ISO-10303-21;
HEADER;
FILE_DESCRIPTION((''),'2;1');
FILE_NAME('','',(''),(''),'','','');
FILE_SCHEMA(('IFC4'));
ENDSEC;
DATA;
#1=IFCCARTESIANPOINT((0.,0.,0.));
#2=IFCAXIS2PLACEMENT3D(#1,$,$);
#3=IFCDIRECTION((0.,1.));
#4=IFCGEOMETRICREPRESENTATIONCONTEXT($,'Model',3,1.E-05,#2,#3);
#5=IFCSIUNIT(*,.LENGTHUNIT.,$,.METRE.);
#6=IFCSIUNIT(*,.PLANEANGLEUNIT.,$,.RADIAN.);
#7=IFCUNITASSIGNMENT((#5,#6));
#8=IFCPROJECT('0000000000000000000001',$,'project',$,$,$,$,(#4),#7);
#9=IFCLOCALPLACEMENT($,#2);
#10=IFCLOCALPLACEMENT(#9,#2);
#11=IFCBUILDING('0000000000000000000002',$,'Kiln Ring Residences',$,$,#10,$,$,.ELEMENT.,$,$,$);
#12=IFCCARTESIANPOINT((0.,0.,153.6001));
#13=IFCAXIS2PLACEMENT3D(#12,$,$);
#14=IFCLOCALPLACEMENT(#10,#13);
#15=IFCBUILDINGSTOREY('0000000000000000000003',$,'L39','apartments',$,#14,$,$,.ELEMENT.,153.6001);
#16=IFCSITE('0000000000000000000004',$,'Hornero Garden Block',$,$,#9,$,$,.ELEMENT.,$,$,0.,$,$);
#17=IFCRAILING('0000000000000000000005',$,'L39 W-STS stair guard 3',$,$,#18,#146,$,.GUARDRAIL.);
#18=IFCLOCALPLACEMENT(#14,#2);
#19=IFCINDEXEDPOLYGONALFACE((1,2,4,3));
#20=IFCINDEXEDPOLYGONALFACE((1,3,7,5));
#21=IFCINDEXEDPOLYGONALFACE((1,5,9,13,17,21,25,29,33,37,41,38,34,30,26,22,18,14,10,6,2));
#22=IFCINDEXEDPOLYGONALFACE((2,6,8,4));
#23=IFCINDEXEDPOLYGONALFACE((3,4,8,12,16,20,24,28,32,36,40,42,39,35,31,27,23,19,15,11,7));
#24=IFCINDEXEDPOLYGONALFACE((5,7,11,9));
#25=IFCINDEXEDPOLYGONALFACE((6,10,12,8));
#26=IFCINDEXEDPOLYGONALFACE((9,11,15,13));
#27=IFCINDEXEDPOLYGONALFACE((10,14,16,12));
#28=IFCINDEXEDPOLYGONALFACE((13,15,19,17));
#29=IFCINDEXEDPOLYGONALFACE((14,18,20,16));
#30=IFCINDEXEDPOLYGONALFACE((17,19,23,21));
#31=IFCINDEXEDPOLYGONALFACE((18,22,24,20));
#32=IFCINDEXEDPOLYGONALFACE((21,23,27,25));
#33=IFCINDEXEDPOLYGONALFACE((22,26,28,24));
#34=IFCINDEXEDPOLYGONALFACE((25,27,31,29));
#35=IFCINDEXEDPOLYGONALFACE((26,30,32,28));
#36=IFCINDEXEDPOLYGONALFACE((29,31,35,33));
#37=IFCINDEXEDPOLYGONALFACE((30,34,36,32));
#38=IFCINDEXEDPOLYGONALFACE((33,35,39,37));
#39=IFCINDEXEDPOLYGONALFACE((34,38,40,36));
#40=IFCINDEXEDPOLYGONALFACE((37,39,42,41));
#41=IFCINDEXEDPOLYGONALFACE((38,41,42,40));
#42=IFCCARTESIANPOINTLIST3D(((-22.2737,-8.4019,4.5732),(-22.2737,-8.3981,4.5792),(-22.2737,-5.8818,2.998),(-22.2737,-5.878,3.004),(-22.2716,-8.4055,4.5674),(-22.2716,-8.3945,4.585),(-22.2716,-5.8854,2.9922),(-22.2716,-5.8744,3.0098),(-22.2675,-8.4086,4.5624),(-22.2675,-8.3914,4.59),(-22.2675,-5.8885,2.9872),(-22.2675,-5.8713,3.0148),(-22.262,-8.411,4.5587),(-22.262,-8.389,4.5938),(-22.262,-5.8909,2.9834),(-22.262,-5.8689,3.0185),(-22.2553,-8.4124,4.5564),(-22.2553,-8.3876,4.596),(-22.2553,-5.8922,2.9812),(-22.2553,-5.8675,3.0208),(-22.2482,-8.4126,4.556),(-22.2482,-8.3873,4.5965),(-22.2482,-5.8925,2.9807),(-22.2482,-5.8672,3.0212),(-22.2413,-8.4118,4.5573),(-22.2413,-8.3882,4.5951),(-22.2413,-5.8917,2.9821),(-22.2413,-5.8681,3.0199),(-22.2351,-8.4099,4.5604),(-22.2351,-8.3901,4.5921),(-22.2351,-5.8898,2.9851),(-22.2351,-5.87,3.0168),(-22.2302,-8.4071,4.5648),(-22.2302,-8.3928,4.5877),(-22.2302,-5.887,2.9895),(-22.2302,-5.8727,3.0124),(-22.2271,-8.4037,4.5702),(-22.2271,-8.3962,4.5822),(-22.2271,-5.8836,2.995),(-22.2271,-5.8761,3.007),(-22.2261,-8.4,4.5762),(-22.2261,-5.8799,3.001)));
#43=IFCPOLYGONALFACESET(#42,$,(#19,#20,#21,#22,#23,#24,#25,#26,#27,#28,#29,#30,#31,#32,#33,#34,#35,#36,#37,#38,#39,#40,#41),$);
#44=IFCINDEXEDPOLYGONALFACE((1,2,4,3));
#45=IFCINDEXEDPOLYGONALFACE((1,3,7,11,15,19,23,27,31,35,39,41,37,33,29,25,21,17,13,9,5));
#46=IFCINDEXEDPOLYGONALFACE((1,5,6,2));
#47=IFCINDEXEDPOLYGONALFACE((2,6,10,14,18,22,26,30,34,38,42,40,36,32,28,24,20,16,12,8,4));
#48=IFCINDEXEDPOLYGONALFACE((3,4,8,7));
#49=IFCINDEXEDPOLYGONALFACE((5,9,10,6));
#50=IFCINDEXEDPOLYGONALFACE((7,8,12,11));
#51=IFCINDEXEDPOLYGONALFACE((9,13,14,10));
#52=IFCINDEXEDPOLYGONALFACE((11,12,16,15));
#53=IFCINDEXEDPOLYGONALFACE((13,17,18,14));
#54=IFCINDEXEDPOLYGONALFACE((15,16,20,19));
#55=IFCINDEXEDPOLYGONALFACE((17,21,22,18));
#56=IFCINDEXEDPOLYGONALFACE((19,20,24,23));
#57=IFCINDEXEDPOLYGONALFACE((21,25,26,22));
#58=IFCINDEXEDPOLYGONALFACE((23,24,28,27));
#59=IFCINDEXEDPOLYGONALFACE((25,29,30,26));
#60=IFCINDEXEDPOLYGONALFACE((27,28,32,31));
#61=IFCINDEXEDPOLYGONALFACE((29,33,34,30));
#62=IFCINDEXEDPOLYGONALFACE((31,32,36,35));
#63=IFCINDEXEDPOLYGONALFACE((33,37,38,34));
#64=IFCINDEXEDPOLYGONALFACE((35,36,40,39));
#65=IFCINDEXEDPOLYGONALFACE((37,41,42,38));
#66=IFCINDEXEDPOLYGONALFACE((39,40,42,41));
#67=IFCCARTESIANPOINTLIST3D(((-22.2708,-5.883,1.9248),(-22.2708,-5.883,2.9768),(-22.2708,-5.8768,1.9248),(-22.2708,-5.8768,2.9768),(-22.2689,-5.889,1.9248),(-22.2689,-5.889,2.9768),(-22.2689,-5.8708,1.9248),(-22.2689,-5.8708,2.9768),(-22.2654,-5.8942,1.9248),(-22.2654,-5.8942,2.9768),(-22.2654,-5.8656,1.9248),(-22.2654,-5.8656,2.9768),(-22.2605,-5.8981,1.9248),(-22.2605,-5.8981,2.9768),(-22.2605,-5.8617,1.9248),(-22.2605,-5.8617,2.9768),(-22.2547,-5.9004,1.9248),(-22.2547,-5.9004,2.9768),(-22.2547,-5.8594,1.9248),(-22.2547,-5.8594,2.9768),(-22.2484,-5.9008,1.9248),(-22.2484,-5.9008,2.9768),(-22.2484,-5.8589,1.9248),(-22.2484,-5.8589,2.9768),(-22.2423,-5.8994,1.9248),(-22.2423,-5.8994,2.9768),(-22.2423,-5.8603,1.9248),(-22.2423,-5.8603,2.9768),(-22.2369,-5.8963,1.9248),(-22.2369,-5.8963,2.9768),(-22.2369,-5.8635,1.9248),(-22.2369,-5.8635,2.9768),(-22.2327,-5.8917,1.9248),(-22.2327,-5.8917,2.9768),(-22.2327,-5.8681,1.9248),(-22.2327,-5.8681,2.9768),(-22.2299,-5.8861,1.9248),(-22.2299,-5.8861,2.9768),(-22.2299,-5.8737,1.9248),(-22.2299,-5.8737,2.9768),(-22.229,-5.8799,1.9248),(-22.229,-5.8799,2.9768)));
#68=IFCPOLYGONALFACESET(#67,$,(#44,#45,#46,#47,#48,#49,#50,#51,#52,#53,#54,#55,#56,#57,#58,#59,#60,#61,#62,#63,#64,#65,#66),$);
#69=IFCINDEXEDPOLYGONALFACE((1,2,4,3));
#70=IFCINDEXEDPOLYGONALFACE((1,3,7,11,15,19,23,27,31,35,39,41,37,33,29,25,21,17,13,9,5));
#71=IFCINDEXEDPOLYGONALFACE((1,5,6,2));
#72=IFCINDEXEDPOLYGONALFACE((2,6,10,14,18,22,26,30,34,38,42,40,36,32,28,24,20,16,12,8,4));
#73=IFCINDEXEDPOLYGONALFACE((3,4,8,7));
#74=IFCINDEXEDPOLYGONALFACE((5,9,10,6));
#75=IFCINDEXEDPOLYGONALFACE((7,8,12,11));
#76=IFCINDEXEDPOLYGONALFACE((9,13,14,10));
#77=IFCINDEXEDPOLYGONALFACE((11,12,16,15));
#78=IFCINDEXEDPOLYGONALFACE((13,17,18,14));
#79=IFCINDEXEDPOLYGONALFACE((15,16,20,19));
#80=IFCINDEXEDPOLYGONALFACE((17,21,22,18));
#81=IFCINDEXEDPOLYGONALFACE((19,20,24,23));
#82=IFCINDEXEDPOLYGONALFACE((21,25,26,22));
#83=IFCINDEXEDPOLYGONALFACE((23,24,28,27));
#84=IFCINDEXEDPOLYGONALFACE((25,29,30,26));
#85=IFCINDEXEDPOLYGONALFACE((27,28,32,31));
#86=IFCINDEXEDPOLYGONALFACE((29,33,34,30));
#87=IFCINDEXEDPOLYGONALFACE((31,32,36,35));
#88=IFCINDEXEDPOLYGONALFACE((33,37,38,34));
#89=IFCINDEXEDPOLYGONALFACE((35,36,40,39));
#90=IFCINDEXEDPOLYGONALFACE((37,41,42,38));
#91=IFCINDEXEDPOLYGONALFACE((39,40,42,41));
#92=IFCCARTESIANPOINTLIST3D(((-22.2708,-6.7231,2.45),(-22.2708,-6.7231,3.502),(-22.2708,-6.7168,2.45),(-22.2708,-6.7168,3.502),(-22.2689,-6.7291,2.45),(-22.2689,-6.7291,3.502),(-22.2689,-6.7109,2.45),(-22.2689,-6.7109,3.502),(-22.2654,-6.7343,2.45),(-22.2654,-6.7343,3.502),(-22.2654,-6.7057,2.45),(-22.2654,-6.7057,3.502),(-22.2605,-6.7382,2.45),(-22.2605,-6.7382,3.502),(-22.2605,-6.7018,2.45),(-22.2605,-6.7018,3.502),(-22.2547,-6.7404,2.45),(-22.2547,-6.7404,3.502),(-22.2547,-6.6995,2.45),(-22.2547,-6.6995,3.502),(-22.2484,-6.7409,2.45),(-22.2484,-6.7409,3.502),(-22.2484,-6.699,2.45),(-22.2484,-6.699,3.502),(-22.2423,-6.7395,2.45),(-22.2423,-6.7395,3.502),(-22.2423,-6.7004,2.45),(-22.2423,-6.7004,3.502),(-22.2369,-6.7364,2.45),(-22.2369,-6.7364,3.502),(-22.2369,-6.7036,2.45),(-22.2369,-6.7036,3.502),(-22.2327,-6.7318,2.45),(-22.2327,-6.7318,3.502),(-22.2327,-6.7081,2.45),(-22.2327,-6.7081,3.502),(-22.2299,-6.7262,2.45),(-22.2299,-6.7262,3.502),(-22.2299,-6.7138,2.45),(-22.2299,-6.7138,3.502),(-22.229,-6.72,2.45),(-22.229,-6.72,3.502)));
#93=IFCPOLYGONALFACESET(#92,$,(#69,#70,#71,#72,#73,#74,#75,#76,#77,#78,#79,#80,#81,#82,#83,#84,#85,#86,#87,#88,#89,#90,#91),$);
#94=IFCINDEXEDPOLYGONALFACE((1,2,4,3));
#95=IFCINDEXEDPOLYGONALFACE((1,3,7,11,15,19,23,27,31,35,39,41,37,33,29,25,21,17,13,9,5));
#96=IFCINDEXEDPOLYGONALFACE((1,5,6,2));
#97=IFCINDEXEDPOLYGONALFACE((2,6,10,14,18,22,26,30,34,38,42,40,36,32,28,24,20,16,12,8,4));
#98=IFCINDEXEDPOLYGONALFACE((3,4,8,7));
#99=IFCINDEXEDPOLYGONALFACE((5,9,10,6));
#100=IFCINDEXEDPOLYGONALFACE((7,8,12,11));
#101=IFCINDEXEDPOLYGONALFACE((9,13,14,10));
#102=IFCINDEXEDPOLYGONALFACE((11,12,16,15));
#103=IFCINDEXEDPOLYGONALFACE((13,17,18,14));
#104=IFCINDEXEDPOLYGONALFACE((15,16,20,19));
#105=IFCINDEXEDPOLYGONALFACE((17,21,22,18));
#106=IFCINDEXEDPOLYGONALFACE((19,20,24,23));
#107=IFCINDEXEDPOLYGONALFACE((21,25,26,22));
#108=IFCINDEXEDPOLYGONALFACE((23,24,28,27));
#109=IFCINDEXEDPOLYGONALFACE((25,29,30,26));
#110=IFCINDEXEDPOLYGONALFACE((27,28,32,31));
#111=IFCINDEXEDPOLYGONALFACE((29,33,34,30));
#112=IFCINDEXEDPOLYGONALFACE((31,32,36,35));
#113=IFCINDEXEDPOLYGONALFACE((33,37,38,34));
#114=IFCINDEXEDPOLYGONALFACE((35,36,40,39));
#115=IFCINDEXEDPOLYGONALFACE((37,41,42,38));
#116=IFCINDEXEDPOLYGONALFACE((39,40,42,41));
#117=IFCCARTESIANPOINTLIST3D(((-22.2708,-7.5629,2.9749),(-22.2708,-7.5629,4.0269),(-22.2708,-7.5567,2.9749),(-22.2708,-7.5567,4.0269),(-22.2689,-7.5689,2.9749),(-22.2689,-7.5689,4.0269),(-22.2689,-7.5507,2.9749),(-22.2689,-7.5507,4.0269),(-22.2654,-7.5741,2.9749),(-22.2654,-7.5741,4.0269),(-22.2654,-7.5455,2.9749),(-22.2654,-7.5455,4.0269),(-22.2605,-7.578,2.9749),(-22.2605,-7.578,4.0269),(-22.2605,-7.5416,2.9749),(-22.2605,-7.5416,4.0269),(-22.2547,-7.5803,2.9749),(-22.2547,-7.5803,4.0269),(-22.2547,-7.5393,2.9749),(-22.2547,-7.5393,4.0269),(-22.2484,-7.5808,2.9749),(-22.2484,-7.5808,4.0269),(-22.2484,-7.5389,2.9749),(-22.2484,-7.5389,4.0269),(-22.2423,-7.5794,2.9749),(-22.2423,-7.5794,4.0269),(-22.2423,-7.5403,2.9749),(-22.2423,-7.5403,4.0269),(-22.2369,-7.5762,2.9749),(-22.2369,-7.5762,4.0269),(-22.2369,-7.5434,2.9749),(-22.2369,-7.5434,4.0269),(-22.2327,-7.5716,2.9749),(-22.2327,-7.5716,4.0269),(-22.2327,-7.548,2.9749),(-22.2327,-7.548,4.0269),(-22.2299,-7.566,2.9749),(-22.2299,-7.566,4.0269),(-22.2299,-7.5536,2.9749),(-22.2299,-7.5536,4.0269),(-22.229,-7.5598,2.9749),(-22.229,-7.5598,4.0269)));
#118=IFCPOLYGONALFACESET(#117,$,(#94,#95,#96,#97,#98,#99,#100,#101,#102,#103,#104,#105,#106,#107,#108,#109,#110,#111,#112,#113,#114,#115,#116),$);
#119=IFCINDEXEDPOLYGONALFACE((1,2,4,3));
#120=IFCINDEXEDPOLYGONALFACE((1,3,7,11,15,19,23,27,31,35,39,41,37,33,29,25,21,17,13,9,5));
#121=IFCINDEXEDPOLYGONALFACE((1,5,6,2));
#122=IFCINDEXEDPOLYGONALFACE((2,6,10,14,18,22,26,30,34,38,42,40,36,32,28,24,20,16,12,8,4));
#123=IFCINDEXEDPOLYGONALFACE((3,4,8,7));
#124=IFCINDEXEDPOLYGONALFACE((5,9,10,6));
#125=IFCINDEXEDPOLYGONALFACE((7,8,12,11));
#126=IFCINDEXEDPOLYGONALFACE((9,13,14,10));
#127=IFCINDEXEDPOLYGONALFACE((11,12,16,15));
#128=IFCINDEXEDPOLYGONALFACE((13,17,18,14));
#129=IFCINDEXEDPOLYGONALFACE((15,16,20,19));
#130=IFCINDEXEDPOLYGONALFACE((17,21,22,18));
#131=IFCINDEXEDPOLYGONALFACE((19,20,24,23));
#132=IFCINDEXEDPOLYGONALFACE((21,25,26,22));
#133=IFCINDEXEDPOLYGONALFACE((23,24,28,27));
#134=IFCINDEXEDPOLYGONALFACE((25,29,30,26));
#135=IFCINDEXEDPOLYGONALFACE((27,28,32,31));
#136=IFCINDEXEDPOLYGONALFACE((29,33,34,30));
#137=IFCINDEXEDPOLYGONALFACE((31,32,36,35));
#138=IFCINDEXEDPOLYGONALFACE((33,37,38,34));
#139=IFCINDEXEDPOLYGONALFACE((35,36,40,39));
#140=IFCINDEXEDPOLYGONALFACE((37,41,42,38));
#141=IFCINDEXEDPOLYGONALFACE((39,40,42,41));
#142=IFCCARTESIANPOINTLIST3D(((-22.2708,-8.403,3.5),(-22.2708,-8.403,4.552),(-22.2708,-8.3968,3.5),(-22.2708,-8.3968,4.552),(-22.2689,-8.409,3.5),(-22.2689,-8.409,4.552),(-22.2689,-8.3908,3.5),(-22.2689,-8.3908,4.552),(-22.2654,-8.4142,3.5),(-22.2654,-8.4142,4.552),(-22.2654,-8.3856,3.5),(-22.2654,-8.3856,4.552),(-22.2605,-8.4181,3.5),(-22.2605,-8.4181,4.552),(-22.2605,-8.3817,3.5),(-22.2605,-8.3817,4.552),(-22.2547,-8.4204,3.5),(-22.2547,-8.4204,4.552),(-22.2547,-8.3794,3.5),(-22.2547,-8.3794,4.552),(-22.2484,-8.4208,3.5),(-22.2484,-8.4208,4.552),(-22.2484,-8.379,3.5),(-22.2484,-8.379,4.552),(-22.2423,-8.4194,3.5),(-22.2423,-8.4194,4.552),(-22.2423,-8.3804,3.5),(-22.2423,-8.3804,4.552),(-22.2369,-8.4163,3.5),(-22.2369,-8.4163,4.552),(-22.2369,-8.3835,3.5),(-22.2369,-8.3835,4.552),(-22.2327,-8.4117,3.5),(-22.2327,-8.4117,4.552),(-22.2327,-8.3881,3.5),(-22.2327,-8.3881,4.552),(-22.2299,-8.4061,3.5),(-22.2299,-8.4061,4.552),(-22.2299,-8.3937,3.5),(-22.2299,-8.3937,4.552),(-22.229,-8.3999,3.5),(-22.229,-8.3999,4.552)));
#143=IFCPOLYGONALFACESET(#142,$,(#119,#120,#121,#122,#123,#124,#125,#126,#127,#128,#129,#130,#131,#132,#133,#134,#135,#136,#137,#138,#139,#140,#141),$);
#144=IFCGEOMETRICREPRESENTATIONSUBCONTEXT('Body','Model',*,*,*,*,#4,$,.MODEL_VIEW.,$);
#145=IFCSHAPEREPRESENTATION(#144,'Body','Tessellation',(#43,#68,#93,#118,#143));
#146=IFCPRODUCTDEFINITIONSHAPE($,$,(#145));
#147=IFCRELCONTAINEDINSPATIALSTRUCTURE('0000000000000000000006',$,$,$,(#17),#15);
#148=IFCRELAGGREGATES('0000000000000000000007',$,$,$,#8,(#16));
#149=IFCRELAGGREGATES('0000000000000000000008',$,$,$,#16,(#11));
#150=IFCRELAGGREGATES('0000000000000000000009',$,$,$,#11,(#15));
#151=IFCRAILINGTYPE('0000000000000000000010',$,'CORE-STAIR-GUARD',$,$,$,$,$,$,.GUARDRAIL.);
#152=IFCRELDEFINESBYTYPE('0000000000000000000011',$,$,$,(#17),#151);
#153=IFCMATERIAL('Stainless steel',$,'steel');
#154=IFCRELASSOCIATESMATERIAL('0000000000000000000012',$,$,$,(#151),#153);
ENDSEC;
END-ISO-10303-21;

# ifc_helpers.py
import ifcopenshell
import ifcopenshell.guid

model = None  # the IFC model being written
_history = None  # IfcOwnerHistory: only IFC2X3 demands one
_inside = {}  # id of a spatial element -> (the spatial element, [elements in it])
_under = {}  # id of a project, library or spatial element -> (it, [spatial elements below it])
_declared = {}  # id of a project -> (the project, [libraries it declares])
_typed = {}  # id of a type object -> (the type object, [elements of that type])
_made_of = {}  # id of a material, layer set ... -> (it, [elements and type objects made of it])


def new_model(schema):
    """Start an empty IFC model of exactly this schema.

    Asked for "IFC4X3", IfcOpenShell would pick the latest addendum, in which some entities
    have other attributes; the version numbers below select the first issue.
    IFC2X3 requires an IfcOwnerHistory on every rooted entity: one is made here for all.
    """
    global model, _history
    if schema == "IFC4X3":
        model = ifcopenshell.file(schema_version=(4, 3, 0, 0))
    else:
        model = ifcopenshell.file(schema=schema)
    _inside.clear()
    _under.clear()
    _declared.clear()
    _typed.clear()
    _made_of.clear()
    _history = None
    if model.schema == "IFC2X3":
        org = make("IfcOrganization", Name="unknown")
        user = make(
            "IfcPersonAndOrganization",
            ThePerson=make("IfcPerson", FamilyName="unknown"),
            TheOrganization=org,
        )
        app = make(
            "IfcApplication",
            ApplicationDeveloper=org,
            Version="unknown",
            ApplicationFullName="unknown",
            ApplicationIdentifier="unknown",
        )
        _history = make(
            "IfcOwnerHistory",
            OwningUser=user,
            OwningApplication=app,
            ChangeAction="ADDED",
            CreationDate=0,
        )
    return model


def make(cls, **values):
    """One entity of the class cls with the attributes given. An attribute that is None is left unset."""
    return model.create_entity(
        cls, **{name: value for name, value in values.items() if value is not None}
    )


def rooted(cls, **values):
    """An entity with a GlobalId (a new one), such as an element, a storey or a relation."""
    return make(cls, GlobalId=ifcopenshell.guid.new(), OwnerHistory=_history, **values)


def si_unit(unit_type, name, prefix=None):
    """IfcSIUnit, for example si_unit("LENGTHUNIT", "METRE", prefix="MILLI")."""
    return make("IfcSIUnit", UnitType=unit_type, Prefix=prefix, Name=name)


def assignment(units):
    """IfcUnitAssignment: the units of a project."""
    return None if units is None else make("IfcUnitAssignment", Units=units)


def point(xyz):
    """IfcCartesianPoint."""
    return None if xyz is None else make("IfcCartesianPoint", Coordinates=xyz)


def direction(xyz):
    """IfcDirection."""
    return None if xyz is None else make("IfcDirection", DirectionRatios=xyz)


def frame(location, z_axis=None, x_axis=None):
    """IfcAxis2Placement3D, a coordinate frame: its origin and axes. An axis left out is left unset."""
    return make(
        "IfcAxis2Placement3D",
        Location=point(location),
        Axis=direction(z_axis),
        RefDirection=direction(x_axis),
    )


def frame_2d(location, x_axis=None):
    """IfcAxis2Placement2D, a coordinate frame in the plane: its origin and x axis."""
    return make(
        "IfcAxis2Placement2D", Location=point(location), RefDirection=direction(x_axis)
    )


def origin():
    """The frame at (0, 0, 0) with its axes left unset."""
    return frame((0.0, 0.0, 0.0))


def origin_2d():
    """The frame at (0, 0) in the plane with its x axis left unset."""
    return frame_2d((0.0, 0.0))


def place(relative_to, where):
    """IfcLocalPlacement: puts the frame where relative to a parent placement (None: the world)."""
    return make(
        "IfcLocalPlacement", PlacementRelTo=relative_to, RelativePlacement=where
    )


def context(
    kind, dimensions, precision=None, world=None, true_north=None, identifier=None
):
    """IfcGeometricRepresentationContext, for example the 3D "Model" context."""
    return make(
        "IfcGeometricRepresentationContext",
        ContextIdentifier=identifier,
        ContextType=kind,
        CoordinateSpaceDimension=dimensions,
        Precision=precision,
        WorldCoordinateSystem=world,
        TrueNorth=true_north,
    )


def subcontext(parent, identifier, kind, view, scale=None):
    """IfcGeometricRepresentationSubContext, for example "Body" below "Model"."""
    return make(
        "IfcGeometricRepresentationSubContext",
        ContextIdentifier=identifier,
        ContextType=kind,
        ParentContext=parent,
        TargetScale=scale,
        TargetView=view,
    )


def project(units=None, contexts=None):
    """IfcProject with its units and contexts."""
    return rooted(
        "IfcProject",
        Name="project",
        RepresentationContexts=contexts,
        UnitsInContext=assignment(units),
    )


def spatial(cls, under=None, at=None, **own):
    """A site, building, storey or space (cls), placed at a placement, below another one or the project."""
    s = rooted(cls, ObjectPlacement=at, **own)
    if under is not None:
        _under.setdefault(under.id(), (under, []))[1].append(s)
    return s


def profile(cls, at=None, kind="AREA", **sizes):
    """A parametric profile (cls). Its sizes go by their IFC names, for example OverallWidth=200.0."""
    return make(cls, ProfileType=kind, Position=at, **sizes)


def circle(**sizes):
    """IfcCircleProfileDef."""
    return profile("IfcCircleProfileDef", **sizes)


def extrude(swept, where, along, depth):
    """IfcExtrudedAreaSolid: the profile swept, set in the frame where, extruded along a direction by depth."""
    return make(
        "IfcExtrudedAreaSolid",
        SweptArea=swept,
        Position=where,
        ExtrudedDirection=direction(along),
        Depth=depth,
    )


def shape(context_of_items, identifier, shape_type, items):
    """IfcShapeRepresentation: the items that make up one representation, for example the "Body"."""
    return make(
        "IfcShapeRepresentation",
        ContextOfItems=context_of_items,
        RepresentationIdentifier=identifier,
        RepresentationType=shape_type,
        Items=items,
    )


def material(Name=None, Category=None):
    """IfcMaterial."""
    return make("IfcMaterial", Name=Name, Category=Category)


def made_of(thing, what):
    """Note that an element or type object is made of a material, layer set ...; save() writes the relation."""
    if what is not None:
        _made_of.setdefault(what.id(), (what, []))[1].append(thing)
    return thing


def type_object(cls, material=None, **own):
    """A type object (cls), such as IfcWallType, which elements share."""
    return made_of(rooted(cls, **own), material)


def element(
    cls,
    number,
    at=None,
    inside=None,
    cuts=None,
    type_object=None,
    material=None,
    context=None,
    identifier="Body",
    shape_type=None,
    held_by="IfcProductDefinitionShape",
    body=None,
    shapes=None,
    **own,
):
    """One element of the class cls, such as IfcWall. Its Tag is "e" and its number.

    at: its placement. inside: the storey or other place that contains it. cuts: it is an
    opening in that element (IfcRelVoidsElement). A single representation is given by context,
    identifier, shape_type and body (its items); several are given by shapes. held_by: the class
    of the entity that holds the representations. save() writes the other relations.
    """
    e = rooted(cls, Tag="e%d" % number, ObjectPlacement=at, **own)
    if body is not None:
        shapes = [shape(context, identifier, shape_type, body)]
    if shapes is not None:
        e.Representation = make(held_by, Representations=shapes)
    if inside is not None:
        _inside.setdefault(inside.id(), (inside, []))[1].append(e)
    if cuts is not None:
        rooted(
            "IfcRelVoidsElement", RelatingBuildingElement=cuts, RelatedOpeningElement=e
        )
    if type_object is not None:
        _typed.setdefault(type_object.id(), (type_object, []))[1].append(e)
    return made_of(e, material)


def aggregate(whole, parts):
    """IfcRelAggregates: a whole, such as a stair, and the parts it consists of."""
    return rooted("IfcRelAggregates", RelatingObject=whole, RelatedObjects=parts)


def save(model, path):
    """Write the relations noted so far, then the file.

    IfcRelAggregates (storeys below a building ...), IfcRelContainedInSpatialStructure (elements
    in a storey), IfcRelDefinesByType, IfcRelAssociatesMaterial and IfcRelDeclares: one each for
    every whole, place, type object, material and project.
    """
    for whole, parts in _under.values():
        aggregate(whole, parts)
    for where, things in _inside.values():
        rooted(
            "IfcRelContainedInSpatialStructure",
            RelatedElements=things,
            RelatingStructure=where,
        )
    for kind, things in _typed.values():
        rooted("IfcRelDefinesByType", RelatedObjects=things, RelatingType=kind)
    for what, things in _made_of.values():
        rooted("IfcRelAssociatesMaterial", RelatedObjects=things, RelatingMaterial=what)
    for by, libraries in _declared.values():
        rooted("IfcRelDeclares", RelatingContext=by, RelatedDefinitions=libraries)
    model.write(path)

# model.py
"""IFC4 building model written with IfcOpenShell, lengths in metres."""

from ifc_helpers import new_model, si_unit, direction, frame, origin, origin_2d, place, context, subcontext, project, spatial, circle, extrude, material, type_object, element, save


model = new_model("IFC4")

# Units and contexts
model_context = context("Model", 3, precision=1e-05, world=origin(), true_north=direction((0.0, 1.0)))
body_context = subcontext(model_context, "Body", "Model", "MODEL_VIEW")
ifc_project = project(units=[si_unit("LENGTHUNIT", "METRE"), si_unit("PLANEANGLEUNIT", "RADIAN")], contexts=[model_context])

# Site, building, storey
site_placement = place(None, origin())
site = spatial("IfcSite", under=ifc_project, at=site_placement, Name="Hornero Garden Block", CompositionType="ELEMENT", RefElevation=0.0)
building_placement = place(site_placement, origin())
building = spatial("IfcBuilding", under=site, at=building_placement, Name="Kiln Ring Residences", CompositionType="ELEMENT")
storey_placement = place(building_placement, frame((0.0, 0.0, 153.6001)))
storey = spatial("IfcBuildingStorey", under=building, at=storey_placement, Name="L39", Description="apartments", CompositionType="ELEMENT", Elevation=153.6001)

# Railing
ifc_material_1 = material(Name="Stainless steel", Category="steel")
railing_type_1 = type_object("IfcRailingType", Name="CORE-STAIR-GUARD", PredefinedType="GUARDRAIL", material=ifc_material_1)
railing_1_placement = place(storey_placement, frame((-22.25, -5.8799, 1.9248)))
element("IfcRailing", 1, at=railing_1_placement, inside=storey, type_object=railing_type_1, Name="L39 W-STS stair guard 3", PredefinedType="GUARDRAIL", context=body_context, shape_type="SweptSolid", body=[
    extrude(circle(Radius=0.0239, at=origin_2d()), frame((0.0, 0.0, 1.0762), z_axis=(0.0, -0.847971, 0.530043), x_axis=(1.0, 0.0, 0.0)), (0.0, 0.0, 1.0), 2.9719),
    extrude(circle(Radius=0.021, at=origin_2d()), origin(), (0.0, 0.0, 1.0), 1.052),
    extrude(circle(Radius=0.021, at=origin_2d()), frame((0.0, -0.8401, 0.5251)), (0.0, 0.0, 1.0), 1.052),
    extrude(circle(Radius=0.021, at=origin_2d()), frame((0.0, -1.6799, 1.05)), (0.0, 0.0, 1.0), 1.052),
    extrude(circle(Radius=0.021, at=origin_2d()), frame((0.0, -2.52, 1.5752)), (0.0, 0.0, 1.0), 1.052),
])

save(model, "model.ifc")
